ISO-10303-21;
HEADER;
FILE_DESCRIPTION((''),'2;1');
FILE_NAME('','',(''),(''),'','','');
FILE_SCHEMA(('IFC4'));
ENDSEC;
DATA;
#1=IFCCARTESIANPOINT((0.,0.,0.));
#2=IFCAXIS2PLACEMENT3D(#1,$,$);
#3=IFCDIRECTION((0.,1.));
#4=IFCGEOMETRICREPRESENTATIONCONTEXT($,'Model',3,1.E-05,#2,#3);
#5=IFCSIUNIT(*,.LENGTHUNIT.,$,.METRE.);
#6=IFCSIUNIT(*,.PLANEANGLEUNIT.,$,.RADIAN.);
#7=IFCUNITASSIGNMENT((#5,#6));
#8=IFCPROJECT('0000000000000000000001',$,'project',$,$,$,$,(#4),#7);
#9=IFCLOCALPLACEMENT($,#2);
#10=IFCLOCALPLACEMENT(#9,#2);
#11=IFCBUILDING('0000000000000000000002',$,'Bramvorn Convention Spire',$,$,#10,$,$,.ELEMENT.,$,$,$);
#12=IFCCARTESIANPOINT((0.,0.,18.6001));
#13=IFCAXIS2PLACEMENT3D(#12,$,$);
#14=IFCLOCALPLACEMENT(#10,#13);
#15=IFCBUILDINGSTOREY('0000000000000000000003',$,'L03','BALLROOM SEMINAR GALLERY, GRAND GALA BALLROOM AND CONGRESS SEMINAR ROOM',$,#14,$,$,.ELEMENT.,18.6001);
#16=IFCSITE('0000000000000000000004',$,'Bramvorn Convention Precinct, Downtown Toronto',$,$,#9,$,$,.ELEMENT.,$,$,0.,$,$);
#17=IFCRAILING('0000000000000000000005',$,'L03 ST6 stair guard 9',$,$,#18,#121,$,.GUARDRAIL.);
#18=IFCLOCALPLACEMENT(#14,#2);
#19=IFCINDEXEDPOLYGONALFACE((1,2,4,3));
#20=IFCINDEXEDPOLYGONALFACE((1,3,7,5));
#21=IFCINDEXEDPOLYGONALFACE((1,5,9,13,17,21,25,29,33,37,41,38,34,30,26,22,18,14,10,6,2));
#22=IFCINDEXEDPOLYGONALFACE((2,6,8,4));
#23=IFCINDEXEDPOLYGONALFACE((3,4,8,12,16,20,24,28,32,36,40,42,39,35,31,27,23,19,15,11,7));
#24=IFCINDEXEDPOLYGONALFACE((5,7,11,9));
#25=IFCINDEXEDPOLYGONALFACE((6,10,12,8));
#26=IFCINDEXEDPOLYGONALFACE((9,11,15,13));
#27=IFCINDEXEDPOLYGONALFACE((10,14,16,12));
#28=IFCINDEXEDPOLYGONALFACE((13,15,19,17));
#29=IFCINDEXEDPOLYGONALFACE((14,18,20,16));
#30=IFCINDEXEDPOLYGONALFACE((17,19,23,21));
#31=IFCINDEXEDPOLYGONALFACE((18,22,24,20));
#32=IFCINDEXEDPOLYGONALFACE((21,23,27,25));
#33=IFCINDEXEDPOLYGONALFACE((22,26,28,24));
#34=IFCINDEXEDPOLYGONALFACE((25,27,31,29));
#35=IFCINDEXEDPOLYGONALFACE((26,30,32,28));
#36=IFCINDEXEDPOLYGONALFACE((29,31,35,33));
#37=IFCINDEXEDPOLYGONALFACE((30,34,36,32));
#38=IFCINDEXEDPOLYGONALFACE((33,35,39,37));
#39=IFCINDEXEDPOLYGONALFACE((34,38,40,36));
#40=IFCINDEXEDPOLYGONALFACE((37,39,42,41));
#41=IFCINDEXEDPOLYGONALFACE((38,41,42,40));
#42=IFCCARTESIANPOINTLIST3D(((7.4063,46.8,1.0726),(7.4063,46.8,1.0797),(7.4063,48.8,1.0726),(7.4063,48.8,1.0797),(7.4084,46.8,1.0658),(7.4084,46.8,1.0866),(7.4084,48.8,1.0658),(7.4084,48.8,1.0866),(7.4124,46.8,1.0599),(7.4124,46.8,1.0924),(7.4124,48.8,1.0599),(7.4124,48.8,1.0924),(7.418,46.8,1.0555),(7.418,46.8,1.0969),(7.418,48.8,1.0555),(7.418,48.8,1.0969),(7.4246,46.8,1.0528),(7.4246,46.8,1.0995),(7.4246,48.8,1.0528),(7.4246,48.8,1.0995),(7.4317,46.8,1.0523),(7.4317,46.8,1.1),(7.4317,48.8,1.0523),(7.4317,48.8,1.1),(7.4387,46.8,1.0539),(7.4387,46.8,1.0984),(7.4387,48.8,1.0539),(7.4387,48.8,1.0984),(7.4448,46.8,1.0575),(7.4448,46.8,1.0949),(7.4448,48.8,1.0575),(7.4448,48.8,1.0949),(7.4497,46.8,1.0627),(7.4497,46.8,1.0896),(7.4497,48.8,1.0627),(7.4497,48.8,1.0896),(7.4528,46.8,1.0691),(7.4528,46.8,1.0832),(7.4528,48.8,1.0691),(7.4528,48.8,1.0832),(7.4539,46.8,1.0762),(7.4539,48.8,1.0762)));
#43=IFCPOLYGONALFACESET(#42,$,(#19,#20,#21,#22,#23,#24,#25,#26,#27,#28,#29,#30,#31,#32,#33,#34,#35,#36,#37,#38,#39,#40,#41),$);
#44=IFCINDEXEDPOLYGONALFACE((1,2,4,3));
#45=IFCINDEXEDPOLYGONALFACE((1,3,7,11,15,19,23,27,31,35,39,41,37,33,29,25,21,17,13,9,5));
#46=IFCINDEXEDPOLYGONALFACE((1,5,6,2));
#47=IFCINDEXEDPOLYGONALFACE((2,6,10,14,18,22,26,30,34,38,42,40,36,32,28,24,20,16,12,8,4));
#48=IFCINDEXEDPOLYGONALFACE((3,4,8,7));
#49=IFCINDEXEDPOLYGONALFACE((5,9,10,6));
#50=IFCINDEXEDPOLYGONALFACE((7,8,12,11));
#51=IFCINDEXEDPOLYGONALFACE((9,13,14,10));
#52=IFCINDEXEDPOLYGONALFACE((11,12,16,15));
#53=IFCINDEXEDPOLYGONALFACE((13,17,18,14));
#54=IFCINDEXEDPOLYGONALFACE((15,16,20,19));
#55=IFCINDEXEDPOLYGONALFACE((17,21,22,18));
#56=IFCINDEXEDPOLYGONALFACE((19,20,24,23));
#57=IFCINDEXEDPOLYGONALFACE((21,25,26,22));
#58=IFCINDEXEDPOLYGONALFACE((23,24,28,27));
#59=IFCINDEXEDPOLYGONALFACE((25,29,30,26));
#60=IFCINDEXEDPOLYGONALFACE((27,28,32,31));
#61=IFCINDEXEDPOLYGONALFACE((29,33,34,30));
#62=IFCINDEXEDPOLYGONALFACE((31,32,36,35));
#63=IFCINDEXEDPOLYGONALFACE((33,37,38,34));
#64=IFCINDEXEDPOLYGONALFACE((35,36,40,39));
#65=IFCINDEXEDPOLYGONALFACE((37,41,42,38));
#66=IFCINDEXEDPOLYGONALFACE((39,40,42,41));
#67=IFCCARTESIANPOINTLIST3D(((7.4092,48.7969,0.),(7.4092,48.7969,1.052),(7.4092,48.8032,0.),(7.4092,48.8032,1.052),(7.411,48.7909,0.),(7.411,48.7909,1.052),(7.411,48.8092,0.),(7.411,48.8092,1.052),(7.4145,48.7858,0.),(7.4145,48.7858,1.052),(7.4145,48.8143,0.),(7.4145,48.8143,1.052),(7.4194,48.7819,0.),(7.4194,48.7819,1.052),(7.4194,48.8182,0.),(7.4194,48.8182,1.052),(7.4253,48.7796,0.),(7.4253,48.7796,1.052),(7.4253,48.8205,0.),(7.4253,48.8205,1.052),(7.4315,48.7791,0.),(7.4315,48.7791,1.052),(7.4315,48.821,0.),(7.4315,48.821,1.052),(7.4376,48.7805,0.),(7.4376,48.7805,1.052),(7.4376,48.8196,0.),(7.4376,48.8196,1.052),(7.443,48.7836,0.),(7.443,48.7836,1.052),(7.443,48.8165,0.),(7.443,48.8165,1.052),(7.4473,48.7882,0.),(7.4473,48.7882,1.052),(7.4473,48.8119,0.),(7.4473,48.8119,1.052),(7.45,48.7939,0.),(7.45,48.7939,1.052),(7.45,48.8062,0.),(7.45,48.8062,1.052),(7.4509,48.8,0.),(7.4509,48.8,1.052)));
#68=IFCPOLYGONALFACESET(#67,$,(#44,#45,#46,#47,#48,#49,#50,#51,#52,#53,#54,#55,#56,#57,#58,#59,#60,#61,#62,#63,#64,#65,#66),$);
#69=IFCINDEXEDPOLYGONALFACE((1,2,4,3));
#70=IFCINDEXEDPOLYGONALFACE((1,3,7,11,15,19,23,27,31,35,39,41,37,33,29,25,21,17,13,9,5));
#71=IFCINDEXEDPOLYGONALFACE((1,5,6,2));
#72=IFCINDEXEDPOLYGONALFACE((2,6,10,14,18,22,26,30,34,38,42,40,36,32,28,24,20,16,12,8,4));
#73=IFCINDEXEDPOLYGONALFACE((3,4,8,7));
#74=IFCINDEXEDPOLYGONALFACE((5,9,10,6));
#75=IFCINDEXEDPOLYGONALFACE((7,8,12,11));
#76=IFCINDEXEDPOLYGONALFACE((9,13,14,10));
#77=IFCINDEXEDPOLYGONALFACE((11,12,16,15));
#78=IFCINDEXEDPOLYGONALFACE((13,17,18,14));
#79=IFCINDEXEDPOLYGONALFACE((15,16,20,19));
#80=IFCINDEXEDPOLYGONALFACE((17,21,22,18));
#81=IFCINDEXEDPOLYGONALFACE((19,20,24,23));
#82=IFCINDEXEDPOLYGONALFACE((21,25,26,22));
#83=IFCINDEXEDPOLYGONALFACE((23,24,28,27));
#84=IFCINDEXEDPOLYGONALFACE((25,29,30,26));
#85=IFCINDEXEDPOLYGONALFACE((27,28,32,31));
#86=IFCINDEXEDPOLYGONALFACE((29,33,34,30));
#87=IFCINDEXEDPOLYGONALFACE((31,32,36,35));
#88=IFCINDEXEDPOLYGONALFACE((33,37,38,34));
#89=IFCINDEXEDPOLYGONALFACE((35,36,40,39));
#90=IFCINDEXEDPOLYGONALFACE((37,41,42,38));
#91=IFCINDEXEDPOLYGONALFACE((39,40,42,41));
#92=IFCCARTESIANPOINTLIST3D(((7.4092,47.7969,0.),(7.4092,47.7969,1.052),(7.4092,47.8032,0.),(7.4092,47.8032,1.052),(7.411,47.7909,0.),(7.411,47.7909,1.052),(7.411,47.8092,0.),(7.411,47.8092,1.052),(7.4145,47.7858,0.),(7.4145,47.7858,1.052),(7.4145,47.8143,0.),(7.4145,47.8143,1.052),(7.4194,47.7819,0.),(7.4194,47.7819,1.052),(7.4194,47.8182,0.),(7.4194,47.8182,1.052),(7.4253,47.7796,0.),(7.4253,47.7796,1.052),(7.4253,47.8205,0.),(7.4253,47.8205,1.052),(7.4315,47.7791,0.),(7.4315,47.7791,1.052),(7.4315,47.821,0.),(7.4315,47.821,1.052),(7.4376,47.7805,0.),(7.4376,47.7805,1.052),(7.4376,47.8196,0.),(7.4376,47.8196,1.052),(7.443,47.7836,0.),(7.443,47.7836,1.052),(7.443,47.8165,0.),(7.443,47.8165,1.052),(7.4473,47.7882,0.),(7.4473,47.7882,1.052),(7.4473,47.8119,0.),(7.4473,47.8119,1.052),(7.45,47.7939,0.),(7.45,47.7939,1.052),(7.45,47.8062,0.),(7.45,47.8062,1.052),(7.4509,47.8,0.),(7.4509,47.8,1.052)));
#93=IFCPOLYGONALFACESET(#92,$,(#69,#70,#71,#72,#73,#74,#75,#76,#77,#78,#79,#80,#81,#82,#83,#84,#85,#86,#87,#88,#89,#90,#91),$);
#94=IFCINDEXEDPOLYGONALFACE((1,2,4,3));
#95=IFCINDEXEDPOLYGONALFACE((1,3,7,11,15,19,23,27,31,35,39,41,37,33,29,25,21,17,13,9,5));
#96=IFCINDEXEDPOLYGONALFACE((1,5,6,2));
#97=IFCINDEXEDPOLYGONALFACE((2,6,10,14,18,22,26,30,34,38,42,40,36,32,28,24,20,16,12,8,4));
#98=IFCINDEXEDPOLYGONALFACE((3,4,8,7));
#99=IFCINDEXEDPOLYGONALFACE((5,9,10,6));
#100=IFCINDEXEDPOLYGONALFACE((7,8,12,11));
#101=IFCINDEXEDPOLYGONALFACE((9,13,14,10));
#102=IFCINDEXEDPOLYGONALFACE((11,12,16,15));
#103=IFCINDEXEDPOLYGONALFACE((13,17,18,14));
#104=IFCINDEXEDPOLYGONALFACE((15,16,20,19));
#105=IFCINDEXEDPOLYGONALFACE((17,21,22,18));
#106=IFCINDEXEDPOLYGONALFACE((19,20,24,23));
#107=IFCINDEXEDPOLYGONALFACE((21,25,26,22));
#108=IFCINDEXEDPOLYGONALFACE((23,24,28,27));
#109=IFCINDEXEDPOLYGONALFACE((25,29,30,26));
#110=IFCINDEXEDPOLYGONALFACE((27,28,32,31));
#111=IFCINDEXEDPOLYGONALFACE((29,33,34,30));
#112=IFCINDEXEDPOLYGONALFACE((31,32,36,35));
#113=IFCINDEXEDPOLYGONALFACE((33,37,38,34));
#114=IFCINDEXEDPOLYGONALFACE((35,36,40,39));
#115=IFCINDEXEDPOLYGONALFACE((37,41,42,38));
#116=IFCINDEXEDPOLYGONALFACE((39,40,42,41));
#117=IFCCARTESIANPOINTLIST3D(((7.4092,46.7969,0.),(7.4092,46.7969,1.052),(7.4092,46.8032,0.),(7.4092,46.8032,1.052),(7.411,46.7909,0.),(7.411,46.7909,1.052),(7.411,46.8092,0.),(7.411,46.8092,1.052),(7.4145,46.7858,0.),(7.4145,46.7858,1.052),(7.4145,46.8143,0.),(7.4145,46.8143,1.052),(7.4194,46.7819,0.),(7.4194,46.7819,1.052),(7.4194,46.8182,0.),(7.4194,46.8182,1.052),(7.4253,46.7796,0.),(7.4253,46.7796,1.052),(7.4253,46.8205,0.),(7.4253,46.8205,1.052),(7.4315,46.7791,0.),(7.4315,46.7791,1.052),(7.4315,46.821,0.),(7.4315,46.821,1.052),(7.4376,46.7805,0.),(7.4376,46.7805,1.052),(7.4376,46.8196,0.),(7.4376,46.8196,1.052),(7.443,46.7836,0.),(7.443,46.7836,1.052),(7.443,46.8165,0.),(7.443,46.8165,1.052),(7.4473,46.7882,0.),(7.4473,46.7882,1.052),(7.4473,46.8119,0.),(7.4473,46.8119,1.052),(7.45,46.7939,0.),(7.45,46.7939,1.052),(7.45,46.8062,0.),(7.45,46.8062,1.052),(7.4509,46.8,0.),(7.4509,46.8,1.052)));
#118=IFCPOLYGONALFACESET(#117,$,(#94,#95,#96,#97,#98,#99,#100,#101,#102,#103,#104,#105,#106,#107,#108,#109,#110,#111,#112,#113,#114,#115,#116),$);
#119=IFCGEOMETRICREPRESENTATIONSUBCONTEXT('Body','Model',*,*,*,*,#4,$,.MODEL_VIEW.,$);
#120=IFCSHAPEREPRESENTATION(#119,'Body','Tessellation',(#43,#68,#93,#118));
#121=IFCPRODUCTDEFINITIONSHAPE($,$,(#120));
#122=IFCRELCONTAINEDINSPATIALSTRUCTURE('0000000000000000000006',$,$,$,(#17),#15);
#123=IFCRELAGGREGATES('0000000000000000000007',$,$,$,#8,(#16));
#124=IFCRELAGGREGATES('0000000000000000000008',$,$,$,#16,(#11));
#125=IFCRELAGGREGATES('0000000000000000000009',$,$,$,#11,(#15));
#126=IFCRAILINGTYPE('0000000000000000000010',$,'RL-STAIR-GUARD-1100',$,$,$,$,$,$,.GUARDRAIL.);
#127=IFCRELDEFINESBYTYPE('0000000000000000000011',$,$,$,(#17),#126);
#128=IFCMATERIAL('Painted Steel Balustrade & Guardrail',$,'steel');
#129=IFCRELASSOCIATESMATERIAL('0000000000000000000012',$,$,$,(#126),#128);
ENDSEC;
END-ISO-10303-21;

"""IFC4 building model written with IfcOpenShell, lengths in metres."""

from ifc_helpers import new_model, si_unit, direction, frame, origin, origin_2d, place, context, subcontext, project, spatial, circle, extrude, material, type_object, element, save


model = new_model("IFC4")

# Units and contexts
model_context = context("Model", 3, precision=1e-05, world=origin(), true_north=direction((0.0, 1.0)))
body_context = subcontext(model_context, "Body", "Model", "MODEL_VIEW")
ifc_project = project(units=[si_unit("LENGTHUNIT", "METRE"), si_unit("PLANEANGLEUNIT", "RADIAN")], contexts=[model_context])

# Site, building, storey
site_placement = place(None, origin())
site = spatial("IfcSite", under=ifc_project, at=site_placement, Name="Bramvorn Convention Precinct, Downtown Toronto", CompositionType="ELEMENT", RefElevation=0.0)
building_placement = place(site_placement, origin())
building = spatial("IfcBuilding", under=site, at=building_placement, Name="Bramvorn Convention Spire", CompositionType="ELEMENT")
storey_placement = place(building_placement, frame((0.0, 0.0, 18.6001)))
storey = spatial("IfcBuildingStorey", under=building, at=storey_placement, Name="L03", Description="BALLROOM SEMINAR GALLERY, GRAND GALA BALLROOM AND CONGRESS SEMINAR ROOM", CompositionType="ELEMENT", Elevation=18.6001)

# Railing
ifc_material_1 = material(Name="Painted Steel Balustrade & Guardrail", Category="steel")
railing_type_1 = type_object("IfcRailingType", Name="RL-STAIR-GUARD-1100", PredefinedType="GUARDRAIL", material=ifc_material_1)
for number, where, name in (
    (1, (7.4299, 48.8, 0.0), "L03 ST6 stair guard 9"),
):
    element("IfcRailing", number, at=place(storey_placement, frame(where)), inside=storey, type_object=railing_type_1, Name=name, PredefinedType="GUARDRAIL", context=body_context, shape_type="SweptSolid", body=[
        extrude(circle(Radius=0.0239, at=origin_2d()), frame((0.0, 0.0, 1.0762), z_axis=(0.0, -1.0, 0.0), x_axis=(1.0, 0.0, 0.0)), (0.0, 0.0, 1.0), 2.0),
        extrude(circle(Radius=0.021, at=origin_2d()), origin(), (0.0, 0.0, 1.0), 1.052),
        extrude(circle(Radius=0.021, at=origin_2d()), frame((0.0, -1.0, 0.0)), (0.0, 0.0, 1.0), 1.052),
        extrude(circle(Radius=0.021, at=origin_2d()), frame((0.0, -2.0, 0.0)), (0.0, 0.0, 1.0), 1.052),
    ])

save(model, "model.ifc")
